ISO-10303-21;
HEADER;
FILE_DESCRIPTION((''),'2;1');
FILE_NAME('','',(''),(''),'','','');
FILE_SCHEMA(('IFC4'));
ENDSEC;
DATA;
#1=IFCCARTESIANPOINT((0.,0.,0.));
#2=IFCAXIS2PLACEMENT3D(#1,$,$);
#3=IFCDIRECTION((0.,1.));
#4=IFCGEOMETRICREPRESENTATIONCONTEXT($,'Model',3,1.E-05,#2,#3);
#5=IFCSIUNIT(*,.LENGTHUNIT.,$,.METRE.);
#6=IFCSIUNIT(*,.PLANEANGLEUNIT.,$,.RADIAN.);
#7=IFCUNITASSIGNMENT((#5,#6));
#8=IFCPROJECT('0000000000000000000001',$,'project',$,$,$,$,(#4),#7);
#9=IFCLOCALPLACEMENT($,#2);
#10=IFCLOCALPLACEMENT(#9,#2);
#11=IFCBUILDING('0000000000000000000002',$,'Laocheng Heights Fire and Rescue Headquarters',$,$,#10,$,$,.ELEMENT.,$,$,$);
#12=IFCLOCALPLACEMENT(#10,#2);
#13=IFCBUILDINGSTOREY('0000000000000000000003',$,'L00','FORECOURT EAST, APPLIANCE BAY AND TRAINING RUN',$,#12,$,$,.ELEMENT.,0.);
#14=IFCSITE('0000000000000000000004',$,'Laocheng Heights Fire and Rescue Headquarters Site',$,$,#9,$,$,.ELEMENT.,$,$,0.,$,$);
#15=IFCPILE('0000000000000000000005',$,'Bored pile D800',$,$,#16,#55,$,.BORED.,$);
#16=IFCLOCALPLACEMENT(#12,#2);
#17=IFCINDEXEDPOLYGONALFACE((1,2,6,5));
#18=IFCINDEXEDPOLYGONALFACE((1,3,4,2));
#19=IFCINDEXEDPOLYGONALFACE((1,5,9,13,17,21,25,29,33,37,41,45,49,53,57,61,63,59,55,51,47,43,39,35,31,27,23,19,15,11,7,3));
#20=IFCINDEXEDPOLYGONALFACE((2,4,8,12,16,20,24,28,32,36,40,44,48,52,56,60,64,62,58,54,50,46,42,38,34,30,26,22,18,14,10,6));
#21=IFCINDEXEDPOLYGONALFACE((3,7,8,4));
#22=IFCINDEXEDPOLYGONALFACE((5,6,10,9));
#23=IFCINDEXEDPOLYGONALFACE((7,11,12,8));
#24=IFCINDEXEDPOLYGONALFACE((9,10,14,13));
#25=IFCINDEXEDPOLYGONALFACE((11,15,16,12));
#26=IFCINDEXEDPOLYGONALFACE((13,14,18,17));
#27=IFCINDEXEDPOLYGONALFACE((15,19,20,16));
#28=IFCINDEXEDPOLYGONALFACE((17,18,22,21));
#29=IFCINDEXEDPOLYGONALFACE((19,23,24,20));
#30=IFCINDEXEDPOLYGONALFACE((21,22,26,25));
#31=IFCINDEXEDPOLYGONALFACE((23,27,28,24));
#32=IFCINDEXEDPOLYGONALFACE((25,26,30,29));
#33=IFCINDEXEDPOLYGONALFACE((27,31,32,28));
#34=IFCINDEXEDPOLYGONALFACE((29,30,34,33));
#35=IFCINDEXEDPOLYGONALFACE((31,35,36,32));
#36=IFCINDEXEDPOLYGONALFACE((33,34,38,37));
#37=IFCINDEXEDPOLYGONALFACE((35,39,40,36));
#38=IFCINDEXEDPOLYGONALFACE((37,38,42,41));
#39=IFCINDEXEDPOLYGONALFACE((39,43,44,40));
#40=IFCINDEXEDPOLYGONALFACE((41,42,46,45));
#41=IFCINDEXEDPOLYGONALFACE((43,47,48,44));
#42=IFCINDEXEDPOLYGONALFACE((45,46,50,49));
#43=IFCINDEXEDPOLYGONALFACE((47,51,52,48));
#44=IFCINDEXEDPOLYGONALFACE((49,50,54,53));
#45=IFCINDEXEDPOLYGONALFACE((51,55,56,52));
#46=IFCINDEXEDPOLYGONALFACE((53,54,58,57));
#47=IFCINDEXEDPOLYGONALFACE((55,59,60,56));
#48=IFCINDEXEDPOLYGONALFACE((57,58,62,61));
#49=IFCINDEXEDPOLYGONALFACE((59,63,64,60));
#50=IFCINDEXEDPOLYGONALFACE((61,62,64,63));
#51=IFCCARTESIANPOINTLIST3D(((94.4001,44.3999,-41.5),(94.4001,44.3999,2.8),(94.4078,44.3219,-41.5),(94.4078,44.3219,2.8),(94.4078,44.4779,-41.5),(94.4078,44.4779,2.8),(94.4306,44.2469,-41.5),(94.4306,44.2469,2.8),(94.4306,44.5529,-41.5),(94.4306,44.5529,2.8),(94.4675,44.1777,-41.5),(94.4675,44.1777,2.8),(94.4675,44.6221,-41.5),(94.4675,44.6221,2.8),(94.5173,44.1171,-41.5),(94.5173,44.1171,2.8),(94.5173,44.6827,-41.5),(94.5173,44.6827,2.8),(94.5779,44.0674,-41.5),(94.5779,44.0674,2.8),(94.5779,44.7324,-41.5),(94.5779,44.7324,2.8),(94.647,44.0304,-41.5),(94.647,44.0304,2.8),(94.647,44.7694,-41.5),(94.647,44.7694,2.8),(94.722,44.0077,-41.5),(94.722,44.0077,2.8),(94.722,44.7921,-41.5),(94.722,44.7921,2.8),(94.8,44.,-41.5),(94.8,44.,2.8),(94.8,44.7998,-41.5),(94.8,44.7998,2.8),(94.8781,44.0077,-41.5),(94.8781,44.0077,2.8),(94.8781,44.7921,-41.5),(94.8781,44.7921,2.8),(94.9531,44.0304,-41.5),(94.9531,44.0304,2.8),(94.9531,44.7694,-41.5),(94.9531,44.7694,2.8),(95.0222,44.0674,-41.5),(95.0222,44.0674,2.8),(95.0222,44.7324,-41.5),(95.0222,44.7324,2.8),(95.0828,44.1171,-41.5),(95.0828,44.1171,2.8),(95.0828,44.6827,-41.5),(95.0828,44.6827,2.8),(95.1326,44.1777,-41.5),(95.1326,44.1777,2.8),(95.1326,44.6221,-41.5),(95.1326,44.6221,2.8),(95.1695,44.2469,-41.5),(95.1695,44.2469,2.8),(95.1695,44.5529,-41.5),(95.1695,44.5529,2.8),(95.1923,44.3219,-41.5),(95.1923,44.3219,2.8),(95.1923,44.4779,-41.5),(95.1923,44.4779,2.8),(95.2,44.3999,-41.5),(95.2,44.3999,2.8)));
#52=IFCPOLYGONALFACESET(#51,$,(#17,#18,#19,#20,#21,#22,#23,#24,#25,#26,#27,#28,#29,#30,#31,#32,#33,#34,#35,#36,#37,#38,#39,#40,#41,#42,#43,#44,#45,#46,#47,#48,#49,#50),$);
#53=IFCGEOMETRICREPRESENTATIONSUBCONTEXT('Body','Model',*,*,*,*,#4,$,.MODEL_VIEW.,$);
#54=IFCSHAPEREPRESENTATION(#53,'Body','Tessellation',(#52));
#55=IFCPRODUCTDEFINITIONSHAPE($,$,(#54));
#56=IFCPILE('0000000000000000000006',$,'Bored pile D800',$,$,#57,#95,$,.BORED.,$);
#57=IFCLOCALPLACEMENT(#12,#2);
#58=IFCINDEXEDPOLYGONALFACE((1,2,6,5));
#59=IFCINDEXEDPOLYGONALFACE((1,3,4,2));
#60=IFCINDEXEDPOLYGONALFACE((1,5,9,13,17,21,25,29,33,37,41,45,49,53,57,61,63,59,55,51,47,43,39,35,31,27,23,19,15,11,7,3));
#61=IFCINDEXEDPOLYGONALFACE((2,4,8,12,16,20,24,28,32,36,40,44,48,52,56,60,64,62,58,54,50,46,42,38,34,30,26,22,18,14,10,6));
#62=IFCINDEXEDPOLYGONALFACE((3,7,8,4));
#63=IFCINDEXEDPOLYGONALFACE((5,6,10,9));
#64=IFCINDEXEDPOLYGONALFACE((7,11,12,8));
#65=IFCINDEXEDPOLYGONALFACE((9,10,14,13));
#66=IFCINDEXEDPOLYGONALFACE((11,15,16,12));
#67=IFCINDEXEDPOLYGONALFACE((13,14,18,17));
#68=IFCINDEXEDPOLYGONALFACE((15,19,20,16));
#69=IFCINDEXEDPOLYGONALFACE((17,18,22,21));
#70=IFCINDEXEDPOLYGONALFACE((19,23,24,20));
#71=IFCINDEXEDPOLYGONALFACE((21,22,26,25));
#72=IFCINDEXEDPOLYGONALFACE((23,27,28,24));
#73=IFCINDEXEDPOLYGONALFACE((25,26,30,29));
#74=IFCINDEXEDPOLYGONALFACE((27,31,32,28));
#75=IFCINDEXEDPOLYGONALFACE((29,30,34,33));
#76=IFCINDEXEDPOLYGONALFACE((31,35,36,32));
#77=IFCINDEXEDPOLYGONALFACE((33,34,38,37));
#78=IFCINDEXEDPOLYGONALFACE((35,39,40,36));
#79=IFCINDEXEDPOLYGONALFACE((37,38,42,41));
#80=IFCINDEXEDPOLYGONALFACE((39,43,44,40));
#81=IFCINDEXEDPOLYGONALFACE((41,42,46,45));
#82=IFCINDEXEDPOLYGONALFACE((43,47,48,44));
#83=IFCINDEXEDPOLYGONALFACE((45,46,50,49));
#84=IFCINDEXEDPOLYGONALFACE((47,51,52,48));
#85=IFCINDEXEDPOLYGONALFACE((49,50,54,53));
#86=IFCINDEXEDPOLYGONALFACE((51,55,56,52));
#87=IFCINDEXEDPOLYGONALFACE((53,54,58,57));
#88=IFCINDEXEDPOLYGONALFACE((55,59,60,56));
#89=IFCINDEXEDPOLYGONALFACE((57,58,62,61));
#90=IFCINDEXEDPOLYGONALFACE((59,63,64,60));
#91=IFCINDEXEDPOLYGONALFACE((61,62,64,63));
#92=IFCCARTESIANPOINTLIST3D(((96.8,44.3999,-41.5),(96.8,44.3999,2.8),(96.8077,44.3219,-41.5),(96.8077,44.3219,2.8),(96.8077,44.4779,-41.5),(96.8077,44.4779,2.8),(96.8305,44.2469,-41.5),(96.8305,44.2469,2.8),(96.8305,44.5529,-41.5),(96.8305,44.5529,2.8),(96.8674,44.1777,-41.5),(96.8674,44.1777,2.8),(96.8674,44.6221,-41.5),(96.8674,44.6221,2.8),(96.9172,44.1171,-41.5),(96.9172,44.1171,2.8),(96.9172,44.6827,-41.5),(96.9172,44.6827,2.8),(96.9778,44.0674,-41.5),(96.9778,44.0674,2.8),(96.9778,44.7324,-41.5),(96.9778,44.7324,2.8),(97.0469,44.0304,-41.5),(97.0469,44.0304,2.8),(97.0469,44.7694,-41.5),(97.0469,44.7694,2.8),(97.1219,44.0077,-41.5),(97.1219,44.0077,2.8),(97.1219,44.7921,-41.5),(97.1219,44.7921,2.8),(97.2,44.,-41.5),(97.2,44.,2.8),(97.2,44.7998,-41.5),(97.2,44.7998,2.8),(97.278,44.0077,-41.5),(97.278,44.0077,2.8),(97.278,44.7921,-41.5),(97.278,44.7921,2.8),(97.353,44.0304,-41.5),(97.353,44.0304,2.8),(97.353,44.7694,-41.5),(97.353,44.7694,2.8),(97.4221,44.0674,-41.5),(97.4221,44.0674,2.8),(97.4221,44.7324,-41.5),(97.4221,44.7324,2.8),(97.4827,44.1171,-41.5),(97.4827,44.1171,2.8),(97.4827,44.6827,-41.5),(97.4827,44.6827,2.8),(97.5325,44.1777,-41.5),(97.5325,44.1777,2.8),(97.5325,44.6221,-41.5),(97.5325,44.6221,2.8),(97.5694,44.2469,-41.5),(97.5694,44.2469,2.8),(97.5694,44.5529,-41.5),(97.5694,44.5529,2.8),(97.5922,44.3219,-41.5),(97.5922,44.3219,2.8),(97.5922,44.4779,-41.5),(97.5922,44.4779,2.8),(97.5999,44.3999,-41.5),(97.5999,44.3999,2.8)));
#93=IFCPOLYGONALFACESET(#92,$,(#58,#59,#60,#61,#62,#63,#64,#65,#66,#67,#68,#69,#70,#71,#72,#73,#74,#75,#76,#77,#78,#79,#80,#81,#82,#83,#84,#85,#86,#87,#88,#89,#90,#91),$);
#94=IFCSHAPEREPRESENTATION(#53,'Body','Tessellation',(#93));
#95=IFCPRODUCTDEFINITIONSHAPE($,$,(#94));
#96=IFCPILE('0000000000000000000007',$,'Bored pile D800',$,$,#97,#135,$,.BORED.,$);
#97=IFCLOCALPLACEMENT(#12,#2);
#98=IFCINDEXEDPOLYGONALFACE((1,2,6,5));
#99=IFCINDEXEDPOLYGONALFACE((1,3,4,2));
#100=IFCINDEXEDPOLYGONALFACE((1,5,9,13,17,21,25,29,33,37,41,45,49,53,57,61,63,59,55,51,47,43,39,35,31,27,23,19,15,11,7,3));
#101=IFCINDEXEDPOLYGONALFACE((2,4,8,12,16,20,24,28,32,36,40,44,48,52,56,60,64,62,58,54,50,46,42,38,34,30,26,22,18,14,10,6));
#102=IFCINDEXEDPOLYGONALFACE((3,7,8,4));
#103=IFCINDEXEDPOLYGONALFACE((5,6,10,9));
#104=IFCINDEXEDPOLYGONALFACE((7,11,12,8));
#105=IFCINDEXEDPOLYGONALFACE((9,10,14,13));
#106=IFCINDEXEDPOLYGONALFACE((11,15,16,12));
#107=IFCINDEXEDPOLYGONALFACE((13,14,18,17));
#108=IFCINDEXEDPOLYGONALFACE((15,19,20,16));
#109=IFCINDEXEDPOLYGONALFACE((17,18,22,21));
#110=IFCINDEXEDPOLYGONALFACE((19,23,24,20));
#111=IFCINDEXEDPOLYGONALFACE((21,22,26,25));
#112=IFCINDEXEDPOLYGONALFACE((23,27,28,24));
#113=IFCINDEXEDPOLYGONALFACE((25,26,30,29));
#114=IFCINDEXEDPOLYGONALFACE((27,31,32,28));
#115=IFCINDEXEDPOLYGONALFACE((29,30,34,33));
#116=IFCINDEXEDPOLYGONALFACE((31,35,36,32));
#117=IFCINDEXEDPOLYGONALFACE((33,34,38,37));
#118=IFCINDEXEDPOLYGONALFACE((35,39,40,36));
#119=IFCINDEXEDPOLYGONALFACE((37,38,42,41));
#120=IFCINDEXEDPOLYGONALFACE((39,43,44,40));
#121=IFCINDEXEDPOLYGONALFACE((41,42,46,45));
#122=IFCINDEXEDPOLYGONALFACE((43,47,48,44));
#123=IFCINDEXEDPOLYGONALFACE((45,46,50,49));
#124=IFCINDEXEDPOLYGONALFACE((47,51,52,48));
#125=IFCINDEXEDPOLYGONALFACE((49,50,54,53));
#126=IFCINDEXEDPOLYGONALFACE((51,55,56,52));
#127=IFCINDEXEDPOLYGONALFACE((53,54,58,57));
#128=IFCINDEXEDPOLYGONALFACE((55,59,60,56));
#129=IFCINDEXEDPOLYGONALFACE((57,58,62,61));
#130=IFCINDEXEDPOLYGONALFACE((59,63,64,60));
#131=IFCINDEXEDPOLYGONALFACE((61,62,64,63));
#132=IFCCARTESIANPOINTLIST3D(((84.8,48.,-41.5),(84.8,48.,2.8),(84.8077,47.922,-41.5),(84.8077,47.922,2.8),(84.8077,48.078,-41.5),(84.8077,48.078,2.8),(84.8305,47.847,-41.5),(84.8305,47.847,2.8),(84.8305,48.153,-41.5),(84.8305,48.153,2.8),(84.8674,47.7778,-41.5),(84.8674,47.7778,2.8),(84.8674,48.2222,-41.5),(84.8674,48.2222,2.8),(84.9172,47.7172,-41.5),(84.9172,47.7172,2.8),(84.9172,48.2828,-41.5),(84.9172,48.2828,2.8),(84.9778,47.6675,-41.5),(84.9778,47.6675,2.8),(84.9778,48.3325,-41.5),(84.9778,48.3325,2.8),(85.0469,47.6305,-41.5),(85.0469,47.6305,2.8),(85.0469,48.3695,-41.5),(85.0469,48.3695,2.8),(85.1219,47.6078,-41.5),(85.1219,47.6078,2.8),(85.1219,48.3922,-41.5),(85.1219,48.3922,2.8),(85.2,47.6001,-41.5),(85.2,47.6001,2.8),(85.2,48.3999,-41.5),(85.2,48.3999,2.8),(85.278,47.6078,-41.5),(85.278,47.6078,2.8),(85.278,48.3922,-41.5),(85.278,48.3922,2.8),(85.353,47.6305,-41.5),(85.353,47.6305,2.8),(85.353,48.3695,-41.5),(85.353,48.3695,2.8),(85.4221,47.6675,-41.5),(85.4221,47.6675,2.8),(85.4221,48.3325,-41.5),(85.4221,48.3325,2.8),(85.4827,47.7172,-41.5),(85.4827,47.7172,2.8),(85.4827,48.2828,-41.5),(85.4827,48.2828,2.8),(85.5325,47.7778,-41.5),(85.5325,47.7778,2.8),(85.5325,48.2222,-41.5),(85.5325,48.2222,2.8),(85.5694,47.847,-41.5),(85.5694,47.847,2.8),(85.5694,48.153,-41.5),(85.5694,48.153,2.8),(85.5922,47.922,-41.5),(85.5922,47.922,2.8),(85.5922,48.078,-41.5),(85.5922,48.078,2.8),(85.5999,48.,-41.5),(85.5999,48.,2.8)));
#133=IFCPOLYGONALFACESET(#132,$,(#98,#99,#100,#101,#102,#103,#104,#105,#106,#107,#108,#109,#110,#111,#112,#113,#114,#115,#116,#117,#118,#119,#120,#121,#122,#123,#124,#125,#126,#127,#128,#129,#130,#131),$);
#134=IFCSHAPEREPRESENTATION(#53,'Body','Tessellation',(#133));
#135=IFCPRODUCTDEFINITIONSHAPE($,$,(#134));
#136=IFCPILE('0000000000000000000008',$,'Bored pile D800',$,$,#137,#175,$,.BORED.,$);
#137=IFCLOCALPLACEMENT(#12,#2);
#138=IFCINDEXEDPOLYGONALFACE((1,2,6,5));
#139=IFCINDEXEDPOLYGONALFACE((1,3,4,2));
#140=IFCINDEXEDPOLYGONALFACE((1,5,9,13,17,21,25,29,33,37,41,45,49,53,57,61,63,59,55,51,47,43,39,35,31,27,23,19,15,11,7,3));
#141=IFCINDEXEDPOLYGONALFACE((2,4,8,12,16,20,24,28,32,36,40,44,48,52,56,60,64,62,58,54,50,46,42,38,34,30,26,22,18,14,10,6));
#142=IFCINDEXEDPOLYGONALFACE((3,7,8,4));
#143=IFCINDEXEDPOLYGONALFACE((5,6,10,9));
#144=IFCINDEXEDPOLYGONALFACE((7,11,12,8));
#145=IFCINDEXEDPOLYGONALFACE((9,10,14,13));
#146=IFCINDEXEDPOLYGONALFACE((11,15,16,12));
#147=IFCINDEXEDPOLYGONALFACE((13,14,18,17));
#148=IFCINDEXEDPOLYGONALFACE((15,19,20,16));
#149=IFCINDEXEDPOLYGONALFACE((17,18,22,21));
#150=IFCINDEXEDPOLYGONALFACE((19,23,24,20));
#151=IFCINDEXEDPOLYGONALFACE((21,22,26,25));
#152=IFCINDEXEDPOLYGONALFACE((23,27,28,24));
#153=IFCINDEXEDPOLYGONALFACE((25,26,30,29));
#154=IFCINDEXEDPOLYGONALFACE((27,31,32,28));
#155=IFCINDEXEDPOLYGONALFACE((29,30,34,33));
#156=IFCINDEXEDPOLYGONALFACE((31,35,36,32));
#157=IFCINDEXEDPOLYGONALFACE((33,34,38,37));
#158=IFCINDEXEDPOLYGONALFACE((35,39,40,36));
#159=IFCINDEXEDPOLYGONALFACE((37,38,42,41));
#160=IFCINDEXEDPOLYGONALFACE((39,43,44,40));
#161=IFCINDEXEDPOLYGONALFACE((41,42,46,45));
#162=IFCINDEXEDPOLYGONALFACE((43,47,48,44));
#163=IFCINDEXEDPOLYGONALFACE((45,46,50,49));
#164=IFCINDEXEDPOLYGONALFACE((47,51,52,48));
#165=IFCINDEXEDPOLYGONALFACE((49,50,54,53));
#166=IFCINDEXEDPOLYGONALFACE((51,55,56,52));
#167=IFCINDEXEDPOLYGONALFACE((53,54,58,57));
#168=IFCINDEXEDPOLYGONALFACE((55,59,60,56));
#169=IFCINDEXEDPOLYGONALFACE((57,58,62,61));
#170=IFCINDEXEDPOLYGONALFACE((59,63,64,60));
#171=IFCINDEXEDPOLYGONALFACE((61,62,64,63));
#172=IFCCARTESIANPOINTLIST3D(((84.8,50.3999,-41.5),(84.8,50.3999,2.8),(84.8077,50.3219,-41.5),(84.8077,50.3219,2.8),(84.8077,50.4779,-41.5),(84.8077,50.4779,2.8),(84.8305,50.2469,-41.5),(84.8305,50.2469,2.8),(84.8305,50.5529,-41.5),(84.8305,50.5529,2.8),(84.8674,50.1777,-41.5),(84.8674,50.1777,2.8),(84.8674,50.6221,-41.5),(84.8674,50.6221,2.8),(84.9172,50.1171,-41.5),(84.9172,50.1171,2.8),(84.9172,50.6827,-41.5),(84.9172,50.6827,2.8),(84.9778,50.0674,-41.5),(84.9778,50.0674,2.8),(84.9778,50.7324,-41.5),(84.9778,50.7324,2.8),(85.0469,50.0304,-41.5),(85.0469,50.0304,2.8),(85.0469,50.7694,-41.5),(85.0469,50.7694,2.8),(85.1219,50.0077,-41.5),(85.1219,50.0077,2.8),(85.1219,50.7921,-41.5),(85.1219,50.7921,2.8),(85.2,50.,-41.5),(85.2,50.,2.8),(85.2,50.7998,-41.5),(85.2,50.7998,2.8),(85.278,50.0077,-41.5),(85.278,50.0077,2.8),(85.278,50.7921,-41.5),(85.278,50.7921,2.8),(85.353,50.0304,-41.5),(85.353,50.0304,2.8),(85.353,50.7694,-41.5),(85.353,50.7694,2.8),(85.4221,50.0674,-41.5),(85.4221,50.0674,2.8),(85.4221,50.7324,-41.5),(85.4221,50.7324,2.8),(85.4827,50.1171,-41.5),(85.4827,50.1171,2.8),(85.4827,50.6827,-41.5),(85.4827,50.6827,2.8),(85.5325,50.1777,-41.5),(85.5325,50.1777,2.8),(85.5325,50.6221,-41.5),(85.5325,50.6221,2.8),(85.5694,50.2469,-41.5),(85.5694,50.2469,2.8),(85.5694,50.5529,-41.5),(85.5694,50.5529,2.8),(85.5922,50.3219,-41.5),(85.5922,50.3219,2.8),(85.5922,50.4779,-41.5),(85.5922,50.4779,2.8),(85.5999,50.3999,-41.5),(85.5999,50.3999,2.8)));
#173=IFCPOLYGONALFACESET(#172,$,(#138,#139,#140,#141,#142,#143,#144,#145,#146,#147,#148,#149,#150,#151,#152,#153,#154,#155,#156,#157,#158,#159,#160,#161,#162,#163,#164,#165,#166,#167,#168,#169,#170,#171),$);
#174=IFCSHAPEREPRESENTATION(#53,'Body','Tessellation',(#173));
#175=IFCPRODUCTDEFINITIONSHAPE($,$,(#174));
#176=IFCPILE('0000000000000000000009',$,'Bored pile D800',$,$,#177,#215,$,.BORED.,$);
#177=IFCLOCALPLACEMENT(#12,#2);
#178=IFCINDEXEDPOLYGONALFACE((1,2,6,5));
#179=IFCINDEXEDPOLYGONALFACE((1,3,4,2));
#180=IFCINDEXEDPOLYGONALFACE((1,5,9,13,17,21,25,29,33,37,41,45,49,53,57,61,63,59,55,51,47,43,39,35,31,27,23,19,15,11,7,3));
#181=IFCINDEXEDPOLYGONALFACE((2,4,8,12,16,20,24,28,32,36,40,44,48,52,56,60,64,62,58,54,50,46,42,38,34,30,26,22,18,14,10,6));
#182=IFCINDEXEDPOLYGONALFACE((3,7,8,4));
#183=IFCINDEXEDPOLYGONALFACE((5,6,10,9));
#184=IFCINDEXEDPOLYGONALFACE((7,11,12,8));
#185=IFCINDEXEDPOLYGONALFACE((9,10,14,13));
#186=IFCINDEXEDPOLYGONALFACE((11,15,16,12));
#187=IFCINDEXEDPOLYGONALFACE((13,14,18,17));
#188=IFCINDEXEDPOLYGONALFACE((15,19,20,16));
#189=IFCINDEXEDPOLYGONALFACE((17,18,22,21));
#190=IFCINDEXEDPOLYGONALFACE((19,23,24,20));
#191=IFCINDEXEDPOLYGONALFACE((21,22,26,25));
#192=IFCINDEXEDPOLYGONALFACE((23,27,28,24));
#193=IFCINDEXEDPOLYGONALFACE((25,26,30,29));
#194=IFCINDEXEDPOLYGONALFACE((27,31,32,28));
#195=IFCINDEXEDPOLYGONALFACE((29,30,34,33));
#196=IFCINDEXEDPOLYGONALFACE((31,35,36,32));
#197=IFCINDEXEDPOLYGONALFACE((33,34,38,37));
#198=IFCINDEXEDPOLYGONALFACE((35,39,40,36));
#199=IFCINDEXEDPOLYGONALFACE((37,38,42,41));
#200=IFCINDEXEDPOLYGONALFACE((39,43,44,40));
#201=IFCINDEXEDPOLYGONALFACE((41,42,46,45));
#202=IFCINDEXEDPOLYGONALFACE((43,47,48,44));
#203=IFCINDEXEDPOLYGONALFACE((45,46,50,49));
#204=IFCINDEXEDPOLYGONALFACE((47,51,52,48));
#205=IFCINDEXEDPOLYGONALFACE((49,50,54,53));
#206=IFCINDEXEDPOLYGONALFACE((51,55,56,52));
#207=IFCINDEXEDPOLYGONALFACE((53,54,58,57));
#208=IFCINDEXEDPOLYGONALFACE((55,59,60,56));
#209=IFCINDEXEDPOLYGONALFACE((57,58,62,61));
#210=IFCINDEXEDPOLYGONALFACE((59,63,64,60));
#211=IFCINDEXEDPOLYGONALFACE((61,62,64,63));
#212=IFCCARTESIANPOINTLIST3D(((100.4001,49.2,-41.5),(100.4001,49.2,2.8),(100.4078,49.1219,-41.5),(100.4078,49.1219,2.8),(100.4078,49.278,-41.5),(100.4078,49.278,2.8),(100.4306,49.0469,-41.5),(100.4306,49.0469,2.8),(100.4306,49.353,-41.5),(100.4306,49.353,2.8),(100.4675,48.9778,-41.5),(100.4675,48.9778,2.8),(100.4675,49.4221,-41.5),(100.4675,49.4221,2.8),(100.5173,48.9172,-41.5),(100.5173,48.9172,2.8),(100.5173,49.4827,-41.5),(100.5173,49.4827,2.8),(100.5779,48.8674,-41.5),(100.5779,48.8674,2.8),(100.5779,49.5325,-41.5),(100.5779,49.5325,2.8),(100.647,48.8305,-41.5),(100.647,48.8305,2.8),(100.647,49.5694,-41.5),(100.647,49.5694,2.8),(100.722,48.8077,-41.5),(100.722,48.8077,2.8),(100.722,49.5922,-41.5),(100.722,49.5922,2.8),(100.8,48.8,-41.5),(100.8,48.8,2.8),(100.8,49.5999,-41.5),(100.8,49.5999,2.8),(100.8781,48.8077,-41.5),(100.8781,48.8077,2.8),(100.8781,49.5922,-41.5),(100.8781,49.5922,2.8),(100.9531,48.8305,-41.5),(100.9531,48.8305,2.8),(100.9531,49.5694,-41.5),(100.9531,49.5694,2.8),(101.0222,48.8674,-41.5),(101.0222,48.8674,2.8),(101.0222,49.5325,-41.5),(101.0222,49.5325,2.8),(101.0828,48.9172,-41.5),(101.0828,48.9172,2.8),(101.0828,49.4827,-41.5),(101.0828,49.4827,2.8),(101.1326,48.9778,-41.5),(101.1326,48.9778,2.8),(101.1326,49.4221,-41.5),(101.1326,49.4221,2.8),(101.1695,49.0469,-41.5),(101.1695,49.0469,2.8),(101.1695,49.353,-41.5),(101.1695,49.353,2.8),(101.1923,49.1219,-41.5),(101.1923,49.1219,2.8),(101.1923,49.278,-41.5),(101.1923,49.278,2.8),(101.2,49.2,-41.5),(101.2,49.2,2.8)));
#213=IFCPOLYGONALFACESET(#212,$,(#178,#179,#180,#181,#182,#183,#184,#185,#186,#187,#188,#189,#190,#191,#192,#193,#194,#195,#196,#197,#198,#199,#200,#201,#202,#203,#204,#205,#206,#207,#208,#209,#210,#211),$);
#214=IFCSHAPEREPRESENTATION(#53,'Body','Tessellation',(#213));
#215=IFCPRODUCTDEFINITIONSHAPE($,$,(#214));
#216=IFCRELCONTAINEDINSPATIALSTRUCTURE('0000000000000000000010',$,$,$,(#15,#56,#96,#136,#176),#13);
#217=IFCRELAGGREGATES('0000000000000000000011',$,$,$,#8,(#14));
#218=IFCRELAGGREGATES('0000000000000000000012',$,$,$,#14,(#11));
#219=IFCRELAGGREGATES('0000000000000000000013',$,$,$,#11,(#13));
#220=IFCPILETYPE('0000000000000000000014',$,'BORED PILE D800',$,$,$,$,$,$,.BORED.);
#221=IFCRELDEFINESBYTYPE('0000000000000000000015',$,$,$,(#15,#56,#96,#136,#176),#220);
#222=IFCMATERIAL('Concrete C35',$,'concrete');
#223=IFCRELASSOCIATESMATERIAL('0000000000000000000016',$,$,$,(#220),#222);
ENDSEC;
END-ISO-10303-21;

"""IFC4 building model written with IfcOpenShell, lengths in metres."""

from ifc_helpers import new_model, si_unit, direction, frame, origin, origin_2d, place, context, subcontext, project, spatial, circle, extrude, material, material_profile, profile_set, type_object, element, save


model = new_model("IFC4")

# Units and contexts
model_context = context("Model", 3, precision=1e-05, world=origin(), true_north=direction((0.0, 1.0)))
body_context = subcontext(model_context, "Body", "Model", "MODEL_VIEW")
ifc_project = project(units=[si_unit("LENGTHUNIT", "METRE"), si_unit("PLANEANGLEUNIT", "RADIAN")], contexts=[model_context])

# Site, building, storey
site_placement = place(None, origin())
site = spatial("IfcSite", under=ifc_project, at=site_placement, Name="Laocheng Heights Fire and Rescue Headquarters Site", CompositionType="ELEMENT", RefElevation=0.0)
building_placement = place(site_placement, origin())
building = spatial("IfcBuilding", under=site, at=building_placement, Name="Laocheng Heights Fire and Rescue Headquarters", CompositionType="ELEMENT")
storey_placement = place(building_placement, origin())
storey = spatial("IfcBuildingStorey", under=building, at=storey_placement, Name="L00", Description="FORECOURT EAST, APPLIANCE BAY AND TRAINING RUN", CompositionType="ELEMENT", Elevation=0.0)

# Piles
ifc_material_1 = material(Name="Concrete C35", Category="concrete")
ifc_material_profile_1 = material_profile(ifc_material_1, circle(Radius=0.3999, at=origin_2d()), Name="BORED PILE D800")
ifc_profile_set_1 = profile_set([ifc_material_profile_1], Name="Concrete C35")
pile_type_1 = type_object("IfcPileType", Name="BORED PILE D800", PredefinedType="BORED", material=ifc_profile_set_1)
for number, where, z_axis, x_axis, name in (
    (1, (94.8, 44.3999, 2.8), (0.0, 0.0, -1.0), (1.0, 0.0, 0.0), "Bored pile D800"),
    (2, (97.2, 44.3999, 2.8), (0.0, 0.0, -1.0), (1.0, 0.0, 0.0), "Bored pile D800"),
    (3, (85.2, 48.0, 2.8), (0.0, 0.0, -1.0), (1.0, 0.0, 0.0), "Bored pile D800"),
    (4, (85.2, 50.3999, 2.8), (0.0, 0.0, -1.0), (1.0, 0.0, 0.0), "Bored pile D800"),
    (5, (100.8, 49.2, 2.8), (0.0, 0.0, -1.0), (1.0, 0.0, 0.0), "Bored pile D800"),
):
    element("IfcPile", number, at=place(storey_placement, frame(where, z_axis=z_axis, x_axis=x_axis)), inside=storey, type_object=pile_type_1, Name=name, PredefinedType="BORED", context=body_context, shape_type="SweptSolid", body=[
        extrude(circle(Radius=0.3999, at=origin_2d()), origin(), (0.0, 0.0, 1.0), 44.3),
    ])

save(model, "model.ifc")
